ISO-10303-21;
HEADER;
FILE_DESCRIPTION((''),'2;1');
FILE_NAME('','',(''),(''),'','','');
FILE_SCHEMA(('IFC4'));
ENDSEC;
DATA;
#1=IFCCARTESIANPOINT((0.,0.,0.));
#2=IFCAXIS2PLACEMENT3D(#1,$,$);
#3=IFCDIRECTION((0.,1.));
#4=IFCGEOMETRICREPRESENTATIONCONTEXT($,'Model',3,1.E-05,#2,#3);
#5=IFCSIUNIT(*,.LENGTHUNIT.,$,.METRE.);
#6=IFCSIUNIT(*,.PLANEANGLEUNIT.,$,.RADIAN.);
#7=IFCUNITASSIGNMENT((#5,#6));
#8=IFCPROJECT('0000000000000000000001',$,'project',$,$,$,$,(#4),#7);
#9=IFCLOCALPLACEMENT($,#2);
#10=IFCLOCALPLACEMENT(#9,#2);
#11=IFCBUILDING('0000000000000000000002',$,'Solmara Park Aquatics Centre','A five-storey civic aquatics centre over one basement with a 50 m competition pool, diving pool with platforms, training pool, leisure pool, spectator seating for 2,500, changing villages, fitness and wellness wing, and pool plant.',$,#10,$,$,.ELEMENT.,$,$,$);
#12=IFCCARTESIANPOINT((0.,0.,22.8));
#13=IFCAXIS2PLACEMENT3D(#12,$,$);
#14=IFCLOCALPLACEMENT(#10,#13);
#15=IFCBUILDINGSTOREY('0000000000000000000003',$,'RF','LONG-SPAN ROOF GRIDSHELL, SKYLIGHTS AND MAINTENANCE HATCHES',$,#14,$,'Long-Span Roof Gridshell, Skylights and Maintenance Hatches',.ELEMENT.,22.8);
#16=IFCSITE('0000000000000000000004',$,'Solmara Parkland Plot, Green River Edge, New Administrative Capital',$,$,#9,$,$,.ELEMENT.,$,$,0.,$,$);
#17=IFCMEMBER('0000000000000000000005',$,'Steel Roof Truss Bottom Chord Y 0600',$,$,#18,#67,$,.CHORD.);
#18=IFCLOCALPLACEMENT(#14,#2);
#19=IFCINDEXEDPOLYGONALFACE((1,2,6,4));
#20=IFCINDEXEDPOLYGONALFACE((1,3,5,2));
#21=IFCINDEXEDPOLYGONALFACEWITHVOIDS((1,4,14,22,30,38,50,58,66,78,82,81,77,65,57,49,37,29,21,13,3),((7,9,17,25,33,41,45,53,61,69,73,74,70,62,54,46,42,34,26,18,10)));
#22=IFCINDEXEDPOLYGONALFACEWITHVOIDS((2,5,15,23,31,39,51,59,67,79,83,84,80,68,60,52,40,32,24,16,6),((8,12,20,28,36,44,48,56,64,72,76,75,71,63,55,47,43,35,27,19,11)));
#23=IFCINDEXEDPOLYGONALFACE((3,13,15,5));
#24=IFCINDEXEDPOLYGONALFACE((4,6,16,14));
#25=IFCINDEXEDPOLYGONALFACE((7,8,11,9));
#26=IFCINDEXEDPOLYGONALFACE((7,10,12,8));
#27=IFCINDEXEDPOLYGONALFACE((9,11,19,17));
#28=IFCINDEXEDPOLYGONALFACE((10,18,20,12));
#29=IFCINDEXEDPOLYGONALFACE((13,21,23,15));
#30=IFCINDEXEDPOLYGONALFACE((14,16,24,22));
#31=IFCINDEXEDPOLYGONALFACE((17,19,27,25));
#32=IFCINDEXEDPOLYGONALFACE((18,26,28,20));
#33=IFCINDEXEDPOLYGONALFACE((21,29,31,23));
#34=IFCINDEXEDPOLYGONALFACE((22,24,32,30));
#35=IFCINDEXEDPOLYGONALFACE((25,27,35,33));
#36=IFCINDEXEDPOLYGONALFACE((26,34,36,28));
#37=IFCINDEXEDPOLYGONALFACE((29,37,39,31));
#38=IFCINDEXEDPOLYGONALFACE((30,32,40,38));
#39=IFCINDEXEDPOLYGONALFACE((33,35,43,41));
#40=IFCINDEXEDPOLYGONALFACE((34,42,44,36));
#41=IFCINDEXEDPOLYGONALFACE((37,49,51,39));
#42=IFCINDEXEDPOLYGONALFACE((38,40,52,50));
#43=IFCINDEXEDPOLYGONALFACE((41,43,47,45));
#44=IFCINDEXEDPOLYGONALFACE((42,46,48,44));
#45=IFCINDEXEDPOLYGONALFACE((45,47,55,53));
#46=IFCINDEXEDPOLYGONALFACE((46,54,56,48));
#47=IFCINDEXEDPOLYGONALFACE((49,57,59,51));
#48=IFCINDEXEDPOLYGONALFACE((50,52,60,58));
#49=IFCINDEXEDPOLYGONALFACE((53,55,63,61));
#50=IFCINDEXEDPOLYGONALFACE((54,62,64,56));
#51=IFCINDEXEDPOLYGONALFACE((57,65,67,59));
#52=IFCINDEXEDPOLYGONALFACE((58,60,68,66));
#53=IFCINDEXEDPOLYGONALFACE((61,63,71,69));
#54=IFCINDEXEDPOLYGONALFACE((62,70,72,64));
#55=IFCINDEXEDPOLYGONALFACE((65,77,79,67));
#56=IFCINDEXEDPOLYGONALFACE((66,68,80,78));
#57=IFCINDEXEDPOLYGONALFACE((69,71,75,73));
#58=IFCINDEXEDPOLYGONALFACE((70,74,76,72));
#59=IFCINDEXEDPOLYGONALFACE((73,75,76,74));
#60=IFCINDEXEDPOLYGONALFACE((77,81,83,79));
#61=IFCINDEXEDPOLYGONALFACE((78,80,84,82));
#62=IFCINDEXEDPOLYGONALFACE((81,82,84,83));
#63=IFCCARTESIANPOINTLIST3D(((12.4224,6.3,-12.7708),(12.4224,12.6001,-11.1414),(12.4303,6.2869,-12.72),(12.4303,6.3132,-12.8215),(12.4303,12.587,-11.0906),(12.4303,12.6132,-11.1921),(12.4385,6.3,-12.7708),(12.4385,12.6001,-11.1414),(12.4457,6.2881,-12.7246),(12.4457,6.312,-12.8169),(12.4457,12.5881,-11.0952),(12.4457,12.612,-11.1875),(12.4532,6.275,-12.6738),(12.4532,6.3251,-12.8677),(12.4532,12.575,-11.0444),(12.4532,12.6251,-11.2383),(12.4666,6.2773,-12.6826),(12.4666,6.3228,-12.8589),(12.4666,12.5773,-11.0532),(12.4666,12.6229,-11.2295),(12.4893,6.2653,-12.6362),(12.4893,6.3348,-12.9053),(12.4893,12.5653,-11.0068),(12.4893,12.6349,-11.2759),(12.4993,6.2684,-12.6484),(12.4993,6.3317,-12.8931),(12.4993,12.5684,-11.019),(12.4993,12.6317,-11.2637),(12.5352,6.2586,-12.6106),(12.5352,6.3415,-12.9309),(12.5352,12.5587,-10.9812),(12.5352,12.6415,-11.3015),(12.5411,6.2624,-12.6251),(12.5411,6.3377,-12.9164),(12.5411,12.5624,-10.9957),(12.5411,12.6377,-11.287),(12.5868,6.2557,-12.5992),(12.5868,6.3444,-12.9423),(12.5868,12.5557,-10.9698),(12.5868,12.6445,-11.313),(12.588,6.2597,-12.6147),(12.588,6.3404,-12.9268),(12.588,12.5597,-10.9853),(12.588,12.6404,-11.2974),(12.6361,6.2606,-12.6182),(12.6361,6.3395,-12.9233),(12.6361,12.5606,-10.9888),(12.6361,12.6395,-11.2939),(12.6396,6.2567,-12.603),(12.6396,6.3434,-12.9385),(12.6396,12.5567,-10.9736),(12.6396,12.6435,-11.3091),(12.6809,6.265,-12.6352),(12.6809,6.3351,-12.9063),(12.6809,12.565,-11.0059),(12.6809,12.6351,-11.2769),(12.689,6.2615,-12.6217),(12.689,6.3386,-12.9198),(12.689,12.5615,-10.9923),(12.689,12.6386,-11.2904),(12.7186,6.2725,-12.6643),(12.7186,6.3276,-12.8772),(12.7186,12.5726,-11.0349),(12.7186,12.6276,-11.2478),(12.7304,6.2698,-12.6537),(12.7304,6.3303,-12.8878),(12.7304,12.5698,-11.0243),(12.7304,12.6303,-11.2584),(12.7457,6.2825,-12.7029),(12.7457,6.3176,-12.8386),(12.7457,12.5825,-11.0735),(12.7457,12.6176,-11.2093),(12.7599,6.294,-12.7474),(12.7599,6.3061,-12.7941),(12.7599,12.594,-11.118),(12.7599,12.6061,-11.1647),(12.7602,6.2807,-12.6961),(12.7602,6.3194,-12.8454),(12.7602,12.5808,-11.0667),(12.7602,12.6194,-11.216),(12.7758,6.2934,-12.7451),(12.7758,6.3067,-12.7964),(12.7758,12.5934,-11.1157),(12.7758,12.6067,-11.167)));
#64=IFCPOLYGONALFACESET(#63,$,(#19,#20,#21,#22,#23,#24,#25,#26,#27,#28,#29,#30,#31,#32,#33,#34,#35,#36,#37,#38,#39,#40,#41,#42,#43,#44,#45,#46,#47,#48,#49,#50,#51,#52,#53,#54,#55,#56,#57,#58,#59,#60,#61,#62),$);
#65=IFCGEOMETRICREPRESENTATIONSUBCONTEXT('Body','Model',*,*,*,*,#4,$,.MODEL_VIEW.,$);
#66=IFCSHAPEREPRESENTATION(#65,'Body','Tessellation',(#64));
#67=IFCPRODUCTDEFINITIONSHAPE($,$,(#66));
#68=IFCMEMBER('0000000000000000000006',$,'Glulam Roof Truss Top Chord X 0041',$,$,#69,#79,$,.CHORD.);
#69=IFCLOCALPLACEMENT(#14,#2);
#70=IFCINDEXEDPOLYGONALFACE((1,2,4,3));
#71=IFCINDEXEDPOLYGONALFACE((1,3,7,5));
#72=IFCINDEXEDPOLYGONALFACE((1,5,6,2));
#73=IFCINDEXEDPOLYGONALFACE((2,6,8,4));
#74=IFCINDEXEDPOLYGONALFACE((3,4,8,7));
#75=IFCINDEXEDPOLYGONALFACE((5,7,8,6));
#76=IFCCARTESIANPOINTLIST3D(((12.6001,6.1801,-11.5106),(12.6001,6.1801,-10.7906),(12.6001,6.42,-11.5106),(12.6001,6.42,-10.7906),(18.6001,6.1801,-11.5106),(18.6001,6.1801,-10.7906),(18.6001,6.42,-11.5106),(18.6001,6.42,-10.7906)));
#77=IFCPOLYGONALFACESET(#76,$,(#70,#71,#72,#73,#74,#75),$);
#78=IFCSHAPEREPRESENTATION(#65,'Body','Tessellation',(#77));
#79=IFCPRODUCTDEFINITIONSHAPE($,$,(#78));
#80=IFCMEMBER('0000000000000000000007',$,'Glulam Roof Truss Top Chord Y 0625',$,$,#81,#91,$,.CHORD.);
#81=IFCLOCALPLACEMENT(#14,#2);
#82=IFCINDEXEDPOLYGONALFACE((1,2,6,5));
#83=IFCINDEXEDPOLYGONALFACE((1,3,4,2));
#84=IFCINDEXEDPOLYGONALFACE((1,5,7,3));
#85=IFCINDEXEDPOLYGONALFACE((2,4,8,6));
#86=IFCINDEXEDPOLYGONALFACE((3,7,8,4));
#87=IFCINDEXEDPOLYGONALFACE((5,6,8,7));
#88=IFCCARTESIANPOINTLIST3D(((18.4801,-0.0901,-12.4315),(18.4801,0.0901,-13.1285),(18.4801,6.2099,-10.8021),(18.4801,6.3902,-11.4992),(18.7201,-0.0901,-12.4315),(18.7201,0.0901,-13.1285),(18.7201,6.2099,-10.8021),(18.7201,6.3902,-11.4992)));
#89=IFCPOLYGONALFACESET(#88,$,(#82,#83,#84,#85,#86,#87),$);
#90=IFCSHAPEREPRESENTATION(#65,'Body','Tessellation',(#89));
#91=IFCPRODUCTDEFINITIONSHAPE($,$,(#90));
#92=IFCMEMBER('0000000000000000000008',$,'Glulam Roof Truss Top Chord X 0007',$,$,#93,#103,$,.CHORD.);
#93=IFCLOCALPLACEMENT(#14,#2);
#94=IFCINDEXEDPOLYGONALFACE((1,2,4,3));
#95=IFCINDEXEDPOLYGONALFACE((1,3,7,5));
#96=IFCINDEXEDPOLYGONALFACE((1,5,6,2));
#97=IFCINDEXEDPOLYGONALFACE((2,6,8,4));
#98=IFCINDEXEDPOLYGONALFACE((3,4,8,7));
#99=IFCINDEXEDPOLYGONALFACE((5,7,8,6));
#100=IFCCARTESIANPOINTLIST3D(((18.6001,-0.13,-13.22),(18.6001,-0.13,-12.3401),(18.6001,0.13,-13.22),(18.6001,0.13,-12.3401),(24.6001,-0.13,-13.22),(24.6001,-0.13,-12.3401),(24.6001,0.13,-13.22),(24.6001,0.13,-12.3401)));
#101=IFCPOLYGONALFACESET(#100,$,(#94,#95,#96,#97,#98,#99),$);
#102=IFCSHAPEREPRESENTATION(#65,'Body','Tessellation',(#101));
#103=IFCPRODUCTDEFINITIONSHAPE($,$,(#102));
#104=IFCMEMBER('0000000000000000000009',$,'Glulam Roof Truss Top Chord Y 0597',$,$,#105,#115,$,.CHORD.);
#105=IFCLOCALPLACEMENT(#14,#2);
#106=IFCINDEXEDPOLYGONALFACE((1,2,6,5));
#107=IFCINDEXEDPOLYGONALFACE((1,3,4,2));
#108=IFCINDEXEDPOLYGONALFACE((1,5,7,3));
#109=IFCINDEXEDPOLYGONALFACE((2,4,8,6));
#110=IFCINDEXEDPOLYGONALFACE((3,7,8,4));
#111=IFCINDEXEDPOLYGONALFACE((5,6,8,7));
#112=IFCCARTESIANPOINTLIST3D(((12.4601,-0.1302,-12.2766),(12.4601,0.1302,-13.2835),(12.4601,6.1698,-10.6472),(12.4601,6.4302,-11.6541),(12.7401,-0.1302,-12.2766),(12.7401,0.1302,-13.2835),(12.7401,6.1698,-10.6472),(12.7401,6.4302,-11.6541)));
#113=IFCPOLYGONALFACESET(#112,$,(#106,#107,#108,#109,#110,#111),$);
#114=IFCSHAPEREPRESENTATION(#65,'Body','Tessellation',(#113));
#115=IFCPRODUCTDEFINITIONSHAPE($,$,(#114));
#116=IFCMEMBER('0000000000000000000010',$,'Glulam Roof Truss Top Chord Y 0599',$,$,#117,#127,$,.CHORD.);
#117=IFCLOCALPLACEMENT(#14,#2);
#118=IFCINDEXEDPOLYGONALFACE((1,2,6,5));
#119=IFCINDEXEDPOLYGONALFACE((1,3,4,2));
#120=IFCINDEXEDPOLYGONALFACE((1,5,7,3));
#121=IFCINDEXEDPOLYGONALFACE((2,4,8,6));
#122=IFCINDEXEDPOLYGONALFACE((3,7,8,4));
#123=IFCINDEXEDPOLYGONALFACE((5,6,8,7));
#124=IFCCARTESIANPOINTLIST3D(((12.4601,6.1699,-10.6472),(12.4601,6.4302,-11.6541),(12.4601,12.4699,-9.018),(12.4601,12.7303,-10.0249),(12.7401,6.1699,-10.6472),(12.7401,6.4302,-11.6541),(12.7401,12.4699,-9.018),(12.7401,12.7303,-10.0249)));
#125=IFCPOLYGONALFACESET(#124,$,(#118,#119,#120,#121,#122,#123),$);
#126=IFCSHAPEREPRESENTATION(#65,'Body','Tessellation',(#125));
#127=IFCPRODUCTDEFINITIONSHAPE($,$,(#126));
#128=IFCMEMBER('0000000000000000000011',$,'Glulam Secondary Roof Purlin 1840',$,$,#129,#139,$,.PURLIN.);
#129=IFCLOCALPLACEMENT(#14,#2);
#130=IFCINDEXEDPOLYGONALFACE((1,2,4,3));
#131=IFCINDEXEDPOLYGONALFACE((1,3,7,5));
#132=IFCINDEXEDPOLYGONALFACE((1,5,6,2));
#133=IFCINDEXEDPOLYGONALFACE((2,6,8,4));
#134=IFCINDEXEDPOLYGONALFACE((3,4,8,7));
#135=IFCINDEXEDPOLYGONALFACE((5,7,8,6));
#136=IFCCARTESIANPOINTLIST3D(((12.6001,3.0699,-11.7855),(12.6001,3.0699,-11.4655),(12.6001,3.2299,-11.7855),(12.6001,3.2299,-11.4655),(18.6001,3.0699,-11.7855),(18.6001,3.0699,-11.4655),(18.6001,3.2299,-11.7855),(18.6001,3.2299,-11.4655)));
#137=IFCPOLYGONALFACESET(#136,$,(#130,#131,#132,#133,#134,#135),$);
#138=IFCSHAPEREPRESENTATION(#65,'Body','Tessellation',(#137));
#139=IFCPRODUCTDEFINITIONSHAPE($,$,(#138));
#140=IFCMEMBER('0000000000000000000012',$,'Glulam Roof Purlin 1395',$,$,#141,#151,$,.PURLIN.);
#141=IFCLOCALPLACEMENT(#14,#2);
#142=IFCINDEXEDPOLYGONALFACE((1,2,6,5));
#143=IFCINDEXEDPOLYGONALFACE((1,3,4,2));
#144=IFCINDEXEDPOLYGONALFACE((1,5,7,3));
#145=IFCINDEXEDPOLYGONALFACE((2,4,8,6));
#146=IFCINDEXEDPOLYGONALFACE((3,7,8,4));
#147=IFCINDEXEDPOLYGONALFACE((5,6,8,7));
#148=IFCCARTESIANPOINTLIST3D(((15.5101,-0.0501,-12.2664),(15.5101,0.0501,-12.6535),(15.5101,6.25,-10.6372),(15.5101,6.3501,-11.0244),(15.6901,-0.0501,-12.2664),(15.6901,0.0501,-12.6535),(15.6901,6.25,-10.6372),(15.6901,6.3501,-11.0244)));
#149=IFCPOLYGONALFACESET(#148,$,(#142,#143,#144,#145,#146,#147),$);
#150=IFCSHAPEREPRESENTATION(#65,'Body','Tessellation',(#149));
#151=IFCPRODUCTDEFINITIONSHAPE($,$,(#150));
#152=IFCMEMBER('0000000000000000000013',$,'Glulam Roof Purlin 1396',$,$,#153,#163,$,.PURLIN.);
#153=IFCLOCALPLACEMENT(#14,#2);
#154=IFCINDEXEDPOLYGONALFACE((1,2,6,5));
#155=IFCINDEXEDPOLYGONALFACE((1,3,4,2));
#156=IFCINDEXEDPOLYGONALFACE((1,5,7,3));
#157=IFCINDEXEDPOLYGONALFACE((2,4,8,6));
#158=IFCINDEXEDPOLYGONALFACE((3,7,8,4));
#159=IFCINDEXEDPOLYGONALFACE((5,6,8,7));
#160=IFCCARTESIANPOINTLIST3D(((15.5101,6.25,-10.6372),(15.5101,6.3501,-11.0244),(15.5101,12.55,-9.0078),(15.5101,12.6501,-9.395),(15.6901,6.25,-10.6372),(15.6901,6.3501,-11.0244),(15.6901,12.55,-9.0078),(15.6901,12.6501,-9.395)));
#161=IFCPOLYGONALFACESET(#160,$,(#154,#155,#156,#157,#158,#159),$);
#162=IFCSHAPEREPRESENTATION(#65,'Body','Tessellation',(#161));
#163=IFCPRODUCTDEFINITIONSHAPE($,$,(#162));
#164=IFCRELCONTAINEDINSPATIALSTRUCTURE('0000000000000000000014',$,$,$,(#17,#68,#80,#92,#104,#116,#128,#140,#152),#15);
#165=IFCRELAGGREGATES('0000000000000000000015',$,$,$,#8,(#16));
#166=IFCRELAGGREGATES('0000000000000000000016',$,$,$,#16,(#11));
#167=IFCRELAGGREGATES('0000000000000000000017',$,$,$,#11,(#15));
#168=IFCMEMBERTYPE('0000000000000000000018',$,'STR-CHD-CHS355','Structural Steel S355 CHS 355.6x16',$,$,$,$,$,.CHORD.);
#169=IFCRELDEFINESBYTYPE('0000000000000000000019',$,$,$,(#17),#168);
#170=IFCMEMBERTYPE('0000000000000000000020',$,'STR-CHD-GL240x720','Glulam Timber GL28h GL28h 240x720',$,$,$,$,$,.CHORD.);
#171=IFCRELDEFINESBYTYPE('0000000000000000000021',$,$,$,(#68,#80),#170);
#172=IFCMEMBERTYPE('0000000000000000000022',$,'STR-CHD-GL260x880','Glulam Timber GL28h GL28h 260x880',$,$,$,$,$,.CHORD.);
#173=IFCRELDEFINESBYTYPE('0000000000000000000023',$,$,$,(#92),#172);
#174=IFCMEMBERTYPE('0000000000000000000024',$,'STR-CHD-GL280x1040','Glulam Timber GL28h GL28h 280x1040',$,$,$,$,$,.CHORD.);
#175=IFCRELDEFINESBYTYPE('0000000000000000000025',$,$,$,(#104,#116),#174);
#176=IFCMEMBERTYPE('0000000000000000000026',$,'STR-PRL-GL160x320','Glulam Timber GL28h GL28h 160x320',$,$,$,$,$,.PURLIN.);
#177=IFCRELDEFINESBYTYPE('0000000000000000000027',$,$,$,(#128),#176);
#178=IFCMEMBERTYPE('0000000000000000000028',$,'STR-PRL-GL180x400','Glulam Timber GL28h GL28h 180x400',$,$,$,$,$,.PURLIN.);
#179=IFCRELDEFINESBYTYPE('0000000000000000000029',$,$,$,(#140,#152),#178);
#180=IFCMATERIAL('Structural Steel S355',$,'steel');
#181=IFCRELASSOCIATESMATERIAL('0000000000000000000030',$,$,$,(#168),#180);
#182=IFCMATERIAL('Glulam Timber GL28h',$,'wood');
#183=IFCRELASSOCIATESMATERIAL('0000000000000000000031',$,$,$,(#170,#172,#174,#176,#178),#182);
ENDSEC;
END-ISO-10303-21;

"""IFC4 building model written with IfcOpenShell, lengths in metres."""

from ifc_helpers import new_model, si_unit, direction, frame, origin, origin_2d, place, context, subcontext, project, spatial, rectangle, hollow_circle, extrude, material, material_profile, profile_set, type_object, element, save


model = new_model("IFC4")

# Units and contexts
model_context = context("Model", 3, precision=1e-05, world=origin(), true_north=direction((0.0, 1.0)))
body_context = subcontext(model_context, "Body", "Model", "MODEL_VIEW")
ifc_project = project(units=[si_unit("LENGTHUNIT", "METRE"), si_unit("PLANEANGLEUNIT", "RADIAN")], contexts=[model_context])

# Site, building, storey
site_placement = place(None, origin())
site = spatial("IfcSite", under=ifc_project, at=site_placement, Name="Solmara Parkland Plot, Green River Edge, New Administrative Capital", CompositionType="ELEMENT", RefElevation=0.0)
building_placement = place(site_placement, origin())
building = spatial("IfcBuilding", under=site, at=building_placement, Name="Solmara Park Aquatics Centre", Description="A five-storey civic aquatics centre over one basement with a 50 m competition pool, diving pool with platforms, training pool, leisure pool, spectator seating for 2,500, changing villages, fitness and wellness wing, and pool plant.", CompositionType="ELEMENT")
storey_placement = place(building_placement, frame((0.0, 0.0, 22.8)))
storey = spatial("IfcBuildingStorey", under=building, at=storey_placement, Name="RF", Description="LONG-SPAN ROOF GRIDSHELL, SKYLIGHTS AND MAINTENANCE HATCHES", LongName="Long-Span Roof Gridshell, Skylights and Maintenance Hatches", CompositionType="ELEMENT", Elevation=22.8)

# Members
ifc_material_1 = material(Name="Structural Steel S355", Category="steel")
ifc_material_profile_1 = material_profile(ifc_material_1, hollow_circle(Radius=0.1777, WallThickness=0.0161, at=origin_2d()), Name="CHS 355.6x16")
ifc_profile_set_1 = profile_set([ifc_material_profile_1], Name="Structural Steel S355")
member_type_1 = type_object("IfcMemberType", Name="STR-CHD-CHS355", Description="Structural Steel S355 CHS 355.6x16", PredefinedType="CHORD", material=ifc_profile_set_1)
for number, where, z_axis, x_axis, name in (
    (1, (12.6001, 6.3, -12.7708), (0.0, 0.968144, 0.250393), (-1.0, 0.0, 0.0), "Steel Roof Truss Bottom Chord Y 0600"),
):
    element("IfcMember", number, at=place(storey_placement, frame(where, z_axis=z_axis, x_axis=x_axis)), inside=storey, type_object=member_type_1, Name=name, PredefinedType="CHORD", context=body_context, shape_type="SweptSolid", body=[
        extrude(hollow_circle(Radius=0.1777, WallThickness=0.0161, at=origin_2d()), origin(), (0.0, 0.0, 1.0), 6.5073),
    ])
ifc_material_2 = material(Name="Glulam Timber GL28h", Category="wood")
ifc_material_profile_2 = material_profile(ifc_material_2, rectangle(XDim=0.24, YDim=0.72, at=origin_2d()), Name="GL28h 240x720")
ifc_profile_set_2 = profile_set([ifc_material_profile_2], Name="Glulam Timber GL28h")
member_type_2 = type_object("IfcMemberType", Name="STR-CHD-GL240x720", Description="Glulam Timber GL28h GL28h 240x720", PredefinedType="CHORD", material=ifc_profile_set_2)
member_1_placement = place(storey_placement, frame((12.6001, 6.3, -11.1506), z_axis=(1.0, 0.0, 0.0), x_axis=(0.0, 1.0, 0.0)))
element("IfcMember", 2, at=member_1_placement, inside=storey, type_object=member_type_2, Name="Glulam Roof Truss Top Chord X 0041", PredefinedType="CHORD", context=body_context, shape_type="SweptSolid", body=[
    extrude(rectangle(XDim=0.24, YDim=0.72, at=origin_2d()), origin(), (0.0, 0.0, 1.0), 6.0),
])
member_2_placement = place(storey_placement, frame((18.6001, 0.0, -12.78), z_axis=(0.0, 0.968144, 0.250393), x_axis=(-1.0, 0.0, 0.0)))
element("IfcMember", 3, at=member_2_placement, inside=storey, type_object=member_type_2, Name="Glulam Roof Truss Top Chord Y 0625", PredefinedType="CHORD", context=body_context, shape_type="SweptSolid", body=[
    extrude(rectangle(XDim=0.24, YDim=0.72, at=origin_2d()), origin(), (0.0, 0.0, 1.0), 6.5073),
])
ifc_material_profile_3 = material_profile(ifc_material_2, rectangle(XDim=0.26, YDim=0.8799, at=origin_2d()), Name="GL28h 260x880")
ifc_profile_set_3 = profile_set([ifc_material_profile_3], Name="Glulam Timber GL28h")
member_type_3 = type_object("IfcMemberType", Name="STR-CHD-GL260x880", Description="Glulam Timber GL28h GL28h 260x880", PredefinedType="CHORD", material=ifc_profile_set_3)
member_3_placement = place(storey_placement, frame((18.6001, 0.0, -12.78), z_axis=(1.0, 0.0, 0.0), x_axis=(0.0, 1.0, 0.0)))
element("IfcMember", 4, at=member_3_placement, inside=storey, type_object=member_type_3, Name="Glulam Roof Truss Top Chord X 0007", PredefinedType="CHORD", context=body_context, shape_type="SweptSolid", body=[
    extrude(rectangle(XDim=0.26, YDim=0.8799, at=origin_2d()), origin(), (0.0, 0.0, 1.0), 6.0),
])
ifc_material_profile_4 = material_profile(ifc_material_2, rectangle(XDim=0.28, YDim=1.04, at=origin_2d()), Name="GL28h 280x1040")
ifc_profile_set_4 = profile_set([ifc_material_profile_4], Name="Glulam Timber GL28h")
member_type_4 = type_object("IfcMemberType", Name="STR-CHD-GL280x1040", Description="Glulam Timber GL28h GL28h 280x1040", PredefinedType="CHORD", material=ifc_profile_set_4)
for number, where, z_axis, x_axis, name in (
    (5, (12.6001, 0.0, -12.78), (0.0, 0.968144, 0.250393), (-1.0, 0.0, 0.0), "Glulam Roof Truss Top Chord Y 0597"),
    (6, (12.6001, 6.3, -11.1506), (0.0, 0.968153, 0.250358), (-1.0, 0.0, 0.0), "Glulam Roof Truss Top Chord Y 0599"),
):
    element("IfcMember", number, at=place(storey_placement, frame(where, z_axis=z_axis, x_axis=x_axis)), inside=storey, type_object=member_type_4, Name=name, PredefinedType="CHORD", context=body_context, shape_type="SweptSolid", body=[
        extrude(rectangle(XDim=0.28, YDim=1.04, at=origin_2d()), origin(), (0.0, 0.0, 1.0), 6.5073),
    ])
ifc_material_profile_5 = material_profile(ifc_material_2, rectangle(XDim=0.1599, YDim=0.3201, at=origin_2d()), Name="GL28h 160x320")
ifc_profile_set_5 = profile_set([ifc_material_profile_5], Name="Glulam Timber GL28h")
member_type_5 = type_object("IfcMemberType", Name="STR-PRL-GL160x320", Description="Glulam Timber GL28h GL28h 160x320", PredefinedType="PURLIN", material=ifc_profile_set_5)
member_4_placement = place(storey_placement, frame((12.6001, 3.1499, -11.6255), z_axis=(1.0, 0.0, 0.0), x_axis=(0.0, 1.0, 0.0)))
element("IfcMember", 7, at=member_4_placement, inside=storey, type_object=member_type_5, Name="Glulam Secondary Roof Purlin 1840", PredefinedType="PURLIN", context=body_context, shape_type="SweptSolid", body=[
    extrude(rectangle(XDim=0.1599, YDim=0.3201, at=origin_2d()), origin(), (0.0, 0.0, 1.0), 6.0),
])
ifc_material_profile_6 = material_profile(ifc_material_2, rectangle(XDim=0.1799, YDim=0.3999, at=origin_2d()), Name="GL28h 180x400")
ifc_profile_set_6 = profile_set([ifc_material_profile_6], Name="Glulam Timber GL28h")
member_type_6 = type_object("IfcMemberType", Name="STR-PRL-GL180x400", Description="Glulam Timber GL28h GL28h 180x400", PredefinedType="PURLIN", material=ifc_profile_set_6)
for number, where, z_axis, x_axis, name in (
    (8, (15.6001, 0.0, -12.46), (0.0, 0.968153, 0.250358), (-1.0, 0.0, 0.0), "Glulam Roof Purlin 1395"),
    (9, (15.6001, 6.3, -10.8308), (0.0, 0.968144, 0.250393), (-1.0, 0.0, 0.0), "Glulam Roof Purlin 1396"),
):
    element("IfcMember", number, at=place(storey_placement, frame(where, z_axis=z_axis, x_axis=x_axis)), inside=storey, type_object=member_type_6, Name=name, PredefinedType="PURLIN", context=body_context, shape_type="SweptSolid", body=[
        extrude(rectangle(XDim=0.1799, YDim=0.3999, at=origin_2d()), origin(), (0.0, 0.0, 1.0), 6.5073),
    ])

save(model, "model.ifc")
